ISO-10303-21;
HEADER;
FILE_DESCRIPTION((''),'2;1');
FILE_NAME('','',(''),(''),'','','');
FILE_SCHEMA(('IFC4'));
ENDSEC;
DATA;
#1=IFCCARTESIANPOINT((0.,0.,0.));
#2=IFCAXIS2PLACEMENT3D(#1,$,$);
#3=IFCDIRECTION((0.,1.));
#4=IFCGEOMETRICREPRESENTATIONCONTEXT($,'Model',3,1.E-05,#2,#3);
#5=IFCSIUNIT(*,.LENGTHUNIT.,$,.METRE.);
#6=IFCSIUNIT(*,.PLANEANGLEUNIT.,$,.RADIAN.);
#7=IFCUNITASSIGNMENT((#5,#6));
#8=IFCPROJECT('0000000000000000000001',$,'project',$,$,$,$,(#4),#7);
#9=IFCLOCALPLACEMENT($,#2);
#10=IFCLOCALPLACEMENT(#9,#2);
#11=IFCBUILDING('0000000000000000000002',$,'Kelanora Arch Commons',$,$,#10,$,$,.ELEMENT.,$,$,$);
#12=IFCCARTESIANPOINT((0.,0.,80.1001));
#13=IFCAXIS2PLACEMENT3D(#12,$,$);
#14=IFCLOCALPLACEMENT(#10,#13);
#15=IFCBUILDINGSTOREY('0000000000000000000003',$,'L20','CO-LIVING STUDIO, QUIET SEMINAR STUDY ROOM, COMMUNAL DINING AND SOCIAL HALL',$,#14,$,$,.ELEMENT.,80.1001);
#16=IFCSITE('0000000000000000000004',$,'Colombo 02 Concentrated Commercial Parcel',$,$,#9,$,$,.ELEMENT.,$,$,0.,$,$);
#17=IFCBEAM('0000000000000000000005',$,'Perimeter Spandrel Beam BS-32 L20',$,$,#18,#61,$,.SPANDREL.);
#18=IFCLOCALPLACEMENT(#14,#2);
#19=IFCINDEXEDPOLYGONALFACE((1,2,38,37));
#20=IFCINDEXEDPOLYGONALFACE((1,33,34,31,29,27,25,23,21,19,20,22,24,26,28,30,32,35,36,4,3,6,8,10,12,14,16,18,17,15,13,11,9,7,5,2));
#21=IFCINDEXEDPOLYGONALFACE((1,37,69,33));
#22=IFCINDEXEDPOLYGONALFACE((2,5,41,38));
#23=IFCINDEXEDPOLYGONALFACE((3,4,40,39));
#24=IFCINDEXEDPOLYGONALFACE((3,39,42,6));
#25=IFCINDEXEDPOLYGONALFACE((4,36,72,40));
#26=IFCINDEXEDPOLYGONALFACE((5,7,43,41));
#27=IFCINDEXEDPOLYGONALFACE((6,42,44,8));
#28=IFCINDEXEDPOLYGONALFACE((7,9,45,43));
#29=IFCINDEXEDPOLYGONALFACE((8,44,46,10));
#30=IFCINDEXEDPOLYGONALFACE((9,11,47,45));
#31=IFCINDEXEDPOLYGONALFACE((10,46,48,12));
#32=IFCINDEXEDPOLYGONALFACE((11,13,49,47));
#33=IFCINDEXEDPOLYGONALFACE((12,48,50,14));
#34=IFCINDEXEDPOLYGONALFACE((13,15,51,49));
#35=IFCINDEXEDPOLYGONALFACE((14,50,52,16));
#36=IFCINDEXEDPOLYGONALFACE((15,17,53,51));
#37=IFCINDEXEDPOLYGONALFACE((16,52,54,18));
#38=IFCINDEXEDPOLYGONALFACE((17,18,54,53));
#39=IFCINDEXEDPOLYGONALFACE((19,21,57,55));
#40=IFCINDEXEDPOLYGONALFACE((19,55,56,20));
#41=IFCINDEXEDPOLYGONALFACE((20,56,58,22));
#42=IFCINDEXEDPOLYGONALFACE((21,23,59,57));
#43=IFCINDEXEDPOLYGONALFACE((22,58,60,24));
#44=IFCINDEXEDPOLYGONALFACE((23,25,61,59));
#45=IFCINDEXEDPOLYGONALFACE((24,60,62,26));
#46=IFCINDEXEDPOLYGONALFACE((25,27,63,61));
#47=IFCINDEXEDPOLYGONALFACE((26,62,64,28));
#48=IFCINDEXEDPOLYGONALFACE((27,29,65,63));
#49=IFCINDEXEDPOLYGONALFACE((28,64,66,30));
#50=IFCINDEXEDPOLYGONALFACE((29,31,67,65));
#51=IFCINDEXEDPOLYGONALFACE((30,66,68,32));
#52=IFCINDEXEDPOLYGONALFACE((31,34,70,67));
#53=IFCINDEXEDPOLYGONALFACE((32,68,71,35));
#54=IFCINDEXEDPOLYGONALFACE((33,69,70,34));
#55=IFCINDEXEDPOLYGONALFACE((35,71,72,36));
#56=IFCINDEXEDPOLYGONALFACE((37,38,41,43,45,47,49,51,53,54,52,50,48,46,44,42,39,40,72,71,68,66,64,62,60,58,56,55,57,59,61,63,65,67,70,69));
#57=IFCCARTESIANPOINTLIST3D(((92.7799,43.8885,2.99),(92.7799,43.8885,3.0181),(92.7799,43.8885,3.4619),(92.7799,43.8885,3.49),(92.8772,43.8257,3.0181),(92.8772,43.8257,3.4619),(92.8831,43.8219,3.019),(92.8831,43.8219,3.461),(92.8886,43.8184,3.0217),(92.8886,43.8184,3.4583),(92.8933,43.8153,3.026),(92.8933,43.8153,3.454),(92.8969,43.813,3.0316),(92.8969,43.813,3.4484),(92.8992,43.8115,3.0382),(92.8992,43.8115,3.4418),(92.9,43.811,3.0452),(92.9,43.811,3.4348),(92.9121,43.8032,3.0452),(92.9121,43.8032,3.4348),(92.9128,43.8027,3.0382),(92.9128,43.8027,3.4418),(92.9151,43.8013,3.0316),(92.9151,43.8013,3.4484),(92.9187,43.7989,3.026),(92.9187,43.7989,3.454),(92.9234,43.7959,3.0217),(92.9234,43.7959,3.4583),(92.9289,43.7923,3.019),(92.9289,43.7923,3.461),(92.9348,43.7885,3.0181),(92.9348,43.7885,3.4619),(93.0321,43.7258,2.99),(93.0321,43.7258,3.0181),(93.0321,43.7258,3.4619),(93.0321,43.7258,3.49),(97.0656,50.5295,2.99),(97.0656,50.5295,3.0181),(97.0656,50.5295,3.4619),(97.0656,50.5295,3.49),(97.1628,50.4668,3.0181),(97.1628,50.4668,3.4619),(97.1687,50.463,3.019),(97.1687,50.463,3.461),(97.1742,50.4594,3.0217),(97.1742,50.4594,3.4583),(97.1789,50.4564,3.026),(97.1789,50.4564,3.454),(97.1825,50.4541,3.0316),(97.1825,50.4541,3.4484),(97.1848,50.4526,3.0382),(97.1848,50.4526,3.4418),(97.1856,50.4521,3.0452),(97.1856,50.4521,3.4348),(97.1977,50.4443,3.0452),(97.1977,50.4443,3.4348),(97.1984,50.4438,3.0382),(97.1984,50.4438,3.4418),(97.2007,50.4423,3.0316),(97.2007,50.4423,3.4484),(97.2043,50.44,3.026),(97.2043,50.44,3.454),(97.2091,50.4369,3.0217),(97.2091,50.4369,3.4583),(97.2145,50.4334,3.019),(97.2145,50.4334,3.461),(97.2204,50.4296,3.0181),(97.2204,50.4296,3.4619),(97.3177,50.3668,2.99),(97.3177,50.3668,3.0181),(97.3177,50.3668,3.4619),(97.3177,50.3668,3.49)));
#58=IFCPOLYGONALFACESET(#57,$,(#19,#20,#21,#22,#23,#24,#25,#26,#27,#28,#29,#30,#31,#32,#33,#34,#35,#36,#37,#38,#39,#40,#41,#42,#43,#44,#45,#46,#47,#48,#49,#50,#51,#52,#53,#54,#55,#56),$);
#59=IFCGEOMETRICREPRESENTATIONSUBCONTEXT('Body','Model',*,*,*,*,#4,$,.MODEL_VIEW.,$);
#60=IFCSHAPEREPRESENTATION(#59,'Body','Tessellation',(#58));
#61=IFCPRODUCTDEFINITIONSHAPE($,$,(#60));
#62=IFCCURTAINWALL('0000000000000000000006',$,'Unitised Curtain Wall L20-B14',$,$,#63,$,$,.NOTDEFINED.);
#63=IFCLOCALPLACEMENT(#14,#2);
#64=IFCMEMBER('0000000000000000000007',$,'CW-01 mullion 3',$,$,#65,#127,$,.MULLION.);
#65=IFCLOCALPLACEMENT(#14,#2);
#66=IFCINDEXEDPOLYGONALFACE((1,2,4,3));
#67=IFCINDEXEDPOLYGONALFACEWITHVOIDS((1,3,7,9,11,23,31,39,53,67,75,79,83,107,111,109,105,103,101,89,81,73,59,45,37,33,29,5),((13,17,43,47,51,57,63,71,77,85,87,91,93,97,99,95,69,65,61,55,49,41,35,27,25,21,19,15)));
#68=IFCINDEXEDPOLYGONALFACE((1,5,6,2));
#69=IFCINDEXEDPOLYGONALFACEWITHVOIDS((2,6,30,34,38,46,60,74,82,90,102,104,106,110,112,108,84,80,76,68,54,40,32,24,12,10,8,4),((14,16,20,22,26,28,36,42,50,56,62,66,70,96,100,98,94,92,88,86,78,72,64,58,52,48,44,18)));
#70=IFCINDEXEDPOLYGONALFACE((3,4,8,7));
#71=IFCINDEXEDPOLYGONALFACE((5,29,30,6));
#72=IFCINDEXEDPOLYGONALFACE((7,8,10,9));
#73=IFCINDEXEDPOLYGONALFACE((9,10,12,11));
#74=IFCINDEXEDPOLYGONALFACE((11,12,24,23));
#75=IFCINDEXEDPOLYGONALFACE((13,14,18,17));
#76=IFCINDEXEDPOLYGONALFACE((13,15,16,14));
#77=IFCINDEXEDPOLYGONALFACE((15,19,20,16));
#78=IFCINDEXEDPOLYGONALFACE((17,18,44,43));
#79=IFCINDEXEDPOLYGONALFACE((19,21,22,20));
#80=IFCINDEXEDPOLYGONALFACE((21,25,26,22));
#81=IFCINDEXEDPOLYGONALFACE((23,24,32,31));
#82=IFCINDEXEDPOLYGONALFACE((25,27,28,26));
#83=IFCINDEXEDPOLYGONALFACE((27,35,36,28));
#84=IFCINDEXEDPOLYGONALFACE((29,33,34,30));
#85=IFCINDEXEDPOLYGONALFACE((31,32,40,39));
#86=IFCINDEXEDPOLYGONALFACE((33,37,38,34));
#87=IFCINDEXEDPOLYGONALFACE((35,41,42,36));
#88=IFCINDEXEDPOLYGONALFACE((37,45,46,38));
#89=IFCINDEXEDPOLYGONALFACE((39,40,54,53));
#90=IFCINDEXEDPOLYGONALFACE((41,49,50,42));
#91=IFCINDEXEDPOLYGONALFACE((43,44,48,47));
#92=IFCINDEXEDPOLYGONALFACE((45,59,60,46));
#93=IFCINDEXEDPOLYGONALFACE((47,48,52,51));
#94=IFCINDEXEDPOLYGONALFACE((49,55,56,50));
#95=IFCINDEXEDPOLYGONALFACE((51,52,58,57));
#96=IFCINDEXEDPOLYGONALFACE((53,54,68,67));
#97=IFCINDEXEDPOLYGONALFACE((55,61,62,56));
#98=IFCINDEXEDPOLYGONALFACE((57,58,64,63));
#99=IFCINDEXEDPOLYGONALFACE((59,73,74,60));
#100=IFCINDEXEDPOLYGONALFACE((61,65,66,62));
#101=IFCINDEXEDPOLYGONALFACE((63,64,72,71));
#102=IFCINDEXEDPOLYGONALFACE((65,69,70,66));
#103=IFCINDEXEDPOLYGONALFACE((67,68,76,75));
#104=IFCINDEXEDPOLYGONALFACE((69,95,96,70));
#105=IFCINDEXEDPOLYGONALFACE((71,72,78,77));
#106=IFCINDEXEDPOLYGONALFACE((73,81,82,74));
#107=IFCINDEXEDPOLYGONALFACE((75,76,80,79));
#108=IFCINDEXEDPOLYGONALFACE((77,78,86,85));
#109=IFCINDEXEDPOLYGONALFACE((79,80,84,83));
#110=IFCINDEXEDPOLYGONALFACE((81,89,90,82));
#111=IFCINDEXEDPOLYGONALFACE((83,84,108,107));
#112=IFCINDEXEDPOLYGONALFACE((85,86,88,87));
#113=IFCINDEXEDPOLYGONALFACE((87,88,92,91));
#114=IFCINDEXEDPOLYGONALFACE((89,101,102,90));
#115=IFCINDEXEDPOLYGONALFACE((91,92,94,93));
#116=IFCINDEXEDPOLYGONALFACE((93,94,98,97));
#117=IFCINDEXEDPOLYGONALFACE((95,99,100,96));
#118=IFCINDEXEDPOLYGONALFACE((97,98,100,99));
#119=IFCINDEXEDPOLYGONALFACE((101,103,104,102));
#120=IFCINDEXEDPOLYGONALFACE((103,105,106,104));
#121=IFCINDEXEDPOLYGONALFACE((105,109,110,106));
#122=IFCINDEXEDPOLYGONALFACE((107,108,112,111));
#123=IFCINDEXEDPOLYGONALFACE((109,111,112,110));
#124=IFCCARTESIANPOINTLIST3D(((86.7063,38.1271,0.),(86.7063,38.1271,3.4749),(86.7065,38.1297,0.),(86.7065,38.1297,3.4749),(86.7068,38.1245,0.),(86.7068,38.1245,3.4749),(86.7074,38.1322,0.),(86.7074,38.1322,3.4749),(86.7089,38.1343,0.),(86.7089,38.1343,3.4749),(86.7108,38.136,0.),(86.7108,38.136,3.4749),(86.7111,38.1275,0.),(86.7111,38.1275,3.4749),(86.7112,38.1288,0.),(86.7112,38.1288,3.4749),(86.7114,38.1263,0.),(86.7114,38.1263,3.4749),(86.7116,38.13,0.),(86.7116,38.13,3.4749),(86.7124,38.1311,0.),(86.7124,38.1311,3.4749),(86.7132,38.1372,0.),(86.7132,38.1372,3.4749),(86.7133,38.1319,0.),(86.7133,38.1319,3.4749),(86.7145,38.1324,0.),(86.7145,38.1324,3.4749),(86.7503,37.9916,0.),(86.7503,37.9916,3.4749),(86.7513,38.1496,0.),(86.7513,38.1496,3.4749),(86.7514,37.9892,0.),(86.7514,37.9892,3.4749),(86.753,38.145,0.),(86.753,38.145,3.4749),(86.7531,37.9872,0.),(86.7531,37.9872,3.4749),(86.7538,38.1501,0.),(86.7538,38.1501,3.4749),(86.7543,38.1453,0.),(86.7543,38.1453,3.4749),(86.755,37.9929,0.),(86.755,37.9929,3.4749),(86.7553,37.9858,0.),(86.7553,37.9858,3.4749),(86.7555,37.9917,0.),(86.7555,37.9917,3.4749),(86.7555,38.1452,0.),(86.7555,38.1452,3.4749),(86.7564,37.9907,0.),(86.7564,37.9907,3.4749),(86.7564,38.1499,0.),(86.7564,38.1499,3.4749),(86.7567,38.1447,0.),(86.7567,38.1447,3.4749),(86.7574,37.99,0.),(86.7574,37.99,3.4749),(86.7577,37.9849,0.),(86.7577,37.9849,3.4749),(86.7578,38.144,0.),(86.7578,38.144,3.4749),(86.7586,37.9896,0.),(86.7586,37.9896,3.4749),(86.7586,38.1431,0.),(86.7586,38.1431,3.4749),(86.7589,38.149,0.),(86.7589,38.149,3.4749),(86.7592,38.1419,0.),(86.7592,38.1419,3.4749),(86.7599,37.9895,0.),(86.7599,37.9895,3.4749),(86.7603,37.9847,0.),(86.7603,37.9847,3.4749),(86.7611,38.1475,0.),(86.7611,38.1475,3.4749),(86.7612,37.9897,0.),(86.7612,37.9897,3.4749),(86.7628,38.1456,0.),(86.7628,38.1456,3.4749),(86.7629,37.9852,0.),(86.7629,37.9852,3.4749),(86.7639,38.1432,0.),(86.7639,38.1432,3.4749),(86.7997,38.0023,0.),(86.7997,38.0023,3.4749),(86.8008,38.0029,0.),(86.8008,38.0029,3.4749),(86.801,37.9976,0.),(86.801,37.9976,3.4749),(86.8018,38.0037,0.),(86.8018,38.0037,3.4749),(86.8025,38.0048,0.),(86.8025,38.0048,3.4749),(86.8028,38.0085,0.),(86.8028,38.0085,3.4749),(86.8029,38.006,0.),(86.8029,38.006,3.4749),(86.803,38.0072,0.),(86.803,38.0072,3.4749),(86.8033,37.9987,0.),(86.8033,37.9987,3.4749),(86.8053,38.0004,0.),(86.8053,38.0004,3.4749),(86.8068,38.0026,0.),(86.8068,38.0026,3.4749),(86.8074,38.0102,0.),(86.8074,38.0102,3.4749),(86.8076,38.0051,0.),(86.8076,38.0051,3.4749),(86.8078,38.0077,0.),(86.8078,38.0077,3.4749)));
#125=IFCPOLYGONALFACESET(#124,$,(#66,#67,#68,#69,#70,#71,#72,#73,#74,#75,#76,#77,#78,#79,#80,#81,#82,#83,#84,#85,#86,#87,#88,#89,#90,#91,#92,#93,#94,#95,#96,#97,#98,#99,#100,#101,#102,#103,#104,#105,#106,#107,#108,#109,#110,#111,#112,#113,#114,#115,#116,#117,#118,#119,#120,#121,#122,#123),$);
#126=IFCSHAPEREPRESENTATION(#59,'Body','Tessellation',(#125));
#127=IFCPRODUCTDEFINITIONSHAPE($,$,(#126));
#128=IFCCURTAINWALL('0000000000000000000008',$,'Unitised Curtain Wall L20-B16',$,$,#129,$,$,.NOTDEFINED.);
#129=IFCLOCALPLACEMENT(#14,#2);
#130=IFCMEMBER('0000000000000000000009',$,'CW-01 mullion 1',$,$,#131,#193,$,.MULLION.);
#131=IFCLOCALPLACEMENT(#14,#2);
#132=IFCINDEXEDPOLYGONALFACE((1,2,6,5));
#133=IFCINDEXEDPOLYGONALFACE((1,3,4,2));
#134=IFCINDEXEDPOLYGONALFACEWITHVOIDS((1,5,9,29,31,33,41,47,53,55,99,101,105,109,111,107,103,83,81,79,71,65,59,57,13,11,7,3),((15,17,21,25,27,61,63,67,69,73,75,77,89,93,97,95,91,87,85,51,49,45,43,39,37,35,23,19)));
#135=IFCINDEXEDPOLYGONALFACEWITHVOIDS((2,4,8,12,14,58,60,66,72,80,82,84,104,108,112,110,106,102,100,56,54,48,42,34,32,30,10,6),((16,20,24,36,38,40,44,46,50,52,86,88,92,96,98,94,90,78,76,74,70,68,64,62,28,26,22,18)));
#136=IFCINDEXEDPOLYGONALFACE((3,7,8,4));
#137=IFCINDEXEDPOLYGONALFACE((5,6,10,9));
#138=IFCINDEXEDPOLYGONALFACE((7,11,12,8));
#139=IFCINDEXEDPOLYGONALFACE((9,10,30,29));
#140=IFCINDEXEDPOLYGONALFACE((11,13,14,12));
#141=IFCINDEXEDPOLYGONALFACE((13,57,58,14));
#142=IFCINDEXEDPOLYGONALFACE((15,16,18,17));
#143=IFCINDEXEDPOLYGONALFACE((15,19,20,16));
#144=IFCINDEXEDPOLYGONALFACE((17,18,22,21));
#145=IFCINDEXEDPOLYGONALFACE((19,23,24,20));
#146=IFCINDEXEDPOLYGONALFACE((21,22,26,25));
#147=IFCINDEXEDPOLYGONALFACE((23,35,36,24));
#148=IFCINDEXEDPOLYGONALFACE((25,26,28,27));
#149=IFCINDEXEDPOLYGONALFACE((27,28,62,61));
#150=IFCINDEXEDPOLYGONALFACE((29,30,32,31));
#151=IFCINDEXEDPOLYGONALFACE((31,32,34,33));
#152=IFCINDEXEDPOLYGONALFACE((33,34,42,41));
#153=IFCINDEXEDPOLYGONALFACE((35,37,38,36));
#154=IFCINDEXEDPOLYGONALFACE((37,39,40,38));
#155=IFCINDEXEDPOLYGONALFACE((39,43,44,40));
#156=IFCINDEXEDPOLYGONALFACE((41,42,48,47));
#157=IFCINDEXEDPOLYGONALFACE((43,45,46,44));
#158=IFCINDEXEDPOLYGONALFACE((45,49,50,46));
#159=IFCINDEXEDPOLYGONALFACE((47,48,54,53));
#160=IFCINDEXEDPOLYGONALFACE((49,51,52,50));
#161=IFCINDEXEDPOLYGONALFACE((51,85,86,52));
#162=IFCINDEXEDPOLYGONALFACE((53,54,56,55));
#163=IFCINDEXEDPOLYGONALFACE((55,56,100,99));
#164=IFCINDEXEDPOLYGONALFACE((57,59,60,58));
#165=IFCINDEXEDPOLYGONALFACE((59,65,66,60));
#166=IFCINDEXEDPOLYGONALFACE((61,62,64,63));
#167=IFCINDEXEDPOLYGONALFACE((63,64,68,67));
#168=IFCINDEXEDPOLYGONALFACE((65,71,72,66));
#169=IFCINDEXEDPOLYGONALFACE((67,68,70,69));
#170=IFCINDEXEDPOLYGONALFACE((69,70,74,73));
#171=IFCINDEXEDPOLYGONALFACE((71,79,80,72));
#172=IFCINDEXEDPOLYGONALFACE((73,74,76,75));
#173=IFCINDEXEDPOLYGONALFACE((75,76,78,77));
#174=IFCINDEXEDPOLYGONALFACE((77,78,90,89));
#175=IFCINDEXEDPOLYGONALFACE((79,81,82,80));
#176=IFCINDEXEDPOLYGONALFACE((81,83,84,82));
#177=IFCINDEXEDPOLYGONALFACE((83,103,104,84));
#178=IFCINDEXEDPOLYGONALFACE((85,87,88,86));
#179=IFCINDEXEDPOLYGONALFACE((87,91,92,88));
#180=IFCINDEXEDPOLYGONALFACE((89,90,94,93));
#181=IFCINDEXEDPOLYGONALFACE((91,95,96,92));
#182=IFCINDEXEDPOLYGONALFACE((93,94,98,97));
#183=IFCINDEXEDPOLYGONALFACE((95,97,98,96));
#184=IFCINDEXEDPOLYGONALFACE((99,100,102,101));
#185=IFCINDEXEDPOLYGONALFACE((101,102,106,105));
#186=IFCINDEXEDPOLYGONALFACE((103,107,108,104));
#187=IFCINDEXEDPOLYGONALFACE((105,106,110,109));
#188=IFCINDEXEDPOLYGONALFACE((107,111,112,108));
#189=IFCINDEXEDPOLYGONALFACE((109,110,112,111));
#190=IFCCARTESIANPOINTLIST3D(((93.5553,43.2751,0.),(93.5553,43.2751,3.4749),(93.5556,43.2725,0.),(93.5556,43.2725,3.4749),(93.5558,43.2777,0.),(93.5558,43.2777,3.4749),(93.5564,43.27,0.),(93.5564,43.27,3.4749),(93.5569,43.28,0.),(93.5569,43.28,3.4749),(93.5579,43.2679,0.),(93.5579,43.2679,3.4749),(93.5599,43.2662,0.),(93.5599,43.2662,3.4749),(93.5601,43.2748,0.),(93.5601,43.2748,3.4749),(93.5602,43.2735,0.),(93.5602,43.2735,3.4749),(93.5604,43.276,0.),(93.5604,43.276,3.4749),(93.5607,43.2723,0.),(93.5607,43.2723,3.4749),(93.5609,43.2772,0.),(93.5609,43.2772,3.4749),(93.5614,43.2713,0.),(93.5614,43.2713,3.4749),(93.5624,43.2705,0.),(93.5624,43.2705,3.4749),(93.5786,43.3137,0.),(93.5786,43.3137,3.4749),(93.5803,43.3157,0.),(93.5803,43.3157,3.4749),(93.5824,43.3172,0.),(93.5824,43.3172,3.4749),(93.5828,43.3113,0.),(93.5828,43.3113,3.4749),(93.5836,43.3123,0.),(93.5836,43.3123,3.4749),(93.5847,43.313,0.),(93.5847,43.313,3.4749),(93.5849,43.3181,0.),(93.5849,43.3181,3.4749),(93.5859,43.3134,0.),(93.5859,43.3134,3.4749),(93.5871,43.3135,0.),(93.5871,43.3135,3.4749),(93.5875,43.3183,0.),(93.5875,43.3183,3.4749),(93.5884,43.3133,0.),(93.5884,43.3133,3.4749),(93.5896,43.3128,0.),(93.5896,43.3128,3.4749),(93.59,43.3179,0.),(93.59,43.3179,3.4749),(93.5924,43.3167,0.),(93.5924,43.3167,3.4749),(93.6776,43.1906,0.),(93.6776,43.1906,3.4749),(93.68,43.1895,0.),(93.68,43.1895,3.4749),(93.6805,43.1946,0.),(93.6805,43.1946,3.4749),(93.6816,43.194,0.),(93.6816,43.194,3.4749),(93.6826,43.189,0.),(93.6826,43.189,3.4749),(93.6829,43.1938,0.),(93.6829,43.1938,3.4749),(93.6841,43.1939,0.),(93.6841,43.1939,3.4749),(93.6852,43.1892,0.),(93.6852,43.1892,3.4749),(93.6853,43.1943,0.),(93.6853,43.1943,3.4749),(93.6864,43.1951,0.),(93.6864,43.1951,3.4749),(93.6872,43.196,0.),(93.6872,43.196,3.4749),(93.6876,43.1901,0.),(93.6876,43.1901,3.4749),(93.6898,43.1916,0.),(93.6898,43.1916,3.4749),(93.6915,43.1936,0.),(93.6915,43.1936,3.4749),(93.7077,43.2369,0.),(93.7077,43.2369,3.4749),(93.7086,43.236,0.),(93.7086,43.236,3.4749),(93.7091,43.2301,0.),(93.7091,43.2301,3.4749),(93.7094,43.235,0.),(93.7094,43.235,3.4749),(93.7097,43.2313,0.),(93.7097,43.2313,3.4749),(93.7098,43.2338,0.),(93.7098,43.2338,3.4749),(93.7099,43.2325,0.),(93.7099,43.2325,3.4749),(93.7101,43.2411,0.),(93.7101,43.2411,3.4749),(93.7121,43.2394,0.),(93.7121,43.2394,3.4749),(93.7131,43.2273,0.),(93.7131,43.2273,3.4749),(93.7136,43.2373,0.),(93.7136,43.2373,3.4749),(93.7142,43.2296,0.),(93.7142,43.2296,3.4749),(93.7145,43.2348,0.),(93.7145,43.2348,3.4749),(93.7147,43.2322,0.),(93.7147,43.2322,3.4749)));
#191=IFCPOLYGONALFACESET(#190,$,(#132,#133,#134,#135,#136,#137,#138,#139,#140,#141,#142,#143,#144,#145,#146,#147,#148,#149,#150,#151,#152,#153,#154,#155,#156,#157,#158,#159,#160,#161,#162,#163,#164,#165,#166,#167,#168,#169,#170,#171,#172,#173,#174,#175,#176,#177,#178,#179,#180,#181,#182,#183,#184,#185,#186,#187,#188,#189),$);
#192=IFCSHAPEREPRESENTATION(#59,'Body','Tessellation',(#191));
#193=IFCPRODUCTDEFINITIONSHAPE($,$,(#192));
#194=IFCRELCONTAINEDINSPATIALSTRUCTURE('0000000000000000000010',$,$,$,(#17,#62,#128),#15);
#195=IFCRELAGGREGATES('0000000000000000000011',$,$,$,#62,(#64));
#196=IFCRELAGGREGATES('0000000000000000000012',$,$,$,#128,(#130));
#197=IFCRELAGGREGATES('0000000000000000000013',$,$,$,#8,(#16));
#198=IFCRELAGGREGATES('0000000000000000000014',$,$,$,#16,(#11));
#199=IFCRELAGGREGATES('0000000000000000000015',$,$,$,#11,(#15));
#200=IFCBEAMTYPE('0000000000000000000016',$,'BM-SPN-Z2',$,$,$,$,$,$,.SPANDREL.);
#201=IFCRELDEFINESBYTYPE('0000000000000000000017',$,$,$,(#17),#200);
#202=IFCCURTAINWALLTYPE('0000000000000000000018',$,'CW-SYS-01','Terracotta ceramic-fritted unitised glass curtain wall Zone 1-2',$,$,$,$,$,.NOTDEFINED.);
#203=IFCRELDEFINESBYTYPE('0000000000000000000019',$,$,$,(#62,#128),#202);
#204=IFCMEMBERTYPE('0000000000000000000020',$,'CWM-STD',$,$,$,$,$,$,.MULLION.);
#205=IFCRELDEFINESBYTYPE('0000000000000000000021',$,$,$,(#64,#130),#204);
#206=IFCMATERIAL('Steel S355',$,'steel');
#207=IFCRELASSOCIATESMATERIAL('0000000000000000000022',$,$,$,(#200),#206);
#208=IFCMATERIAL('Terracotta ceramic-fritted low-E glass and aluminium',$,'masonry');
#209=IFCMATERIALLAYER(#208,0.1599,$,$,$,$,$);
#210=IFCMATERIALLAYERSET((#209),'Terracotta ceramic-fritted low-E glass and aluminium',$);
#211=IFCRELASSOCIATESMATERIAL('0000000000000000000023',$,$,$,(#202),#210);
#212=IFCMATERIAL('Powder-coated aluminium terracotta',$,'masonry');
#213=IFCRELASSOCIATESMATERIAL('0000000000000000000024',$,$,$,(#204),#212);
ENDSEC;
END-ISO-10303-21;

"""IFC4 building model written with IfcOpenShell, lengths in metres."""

from ifc_helpers import new_model, si_unit, direction, frame, origin, origin_2d, place, context, subcontext, project, spatial, hollow_rectangle, i_section, extrude, material, layer, layer_set, material_profile, profile_set, type_object, element, aggregate, save


model = new_model("IFC4")

# Units and contexts
model_context = context("Model", 3, precision=1e-05, world=origin(), true_north=direction((0.0, 1.0)))
body_context = subcontext(model_context, "Body", "Model", "MODEL_VIEW")
ifc_project = project(units=[si_unit("LENGTHUNIT", "METRE"), si_unit("PLANEANGLEUNIT", "RADIAN")], contexts=[model_context])

# Site, building, storey
site_placement = place(None, origin())
site = spatial("IfcSite", under=ifc_project, at=site_placement, Name="Colombo 02 Concentrated Commercial Parcel", CompositionType="ELEMENT", RefElevation=0.0)
building_placement = place(site_placement, origin())
building = spatial("IfcBuilding", under=site, at=building_placement, Name="Kelanora Arch Commons", CompositionType="ELEMENT")
storey_placement = place(building_placement, frame((0.0, 0.0, 80.1001)))
storey = spatial("IfcBuildingStorey", under=building, at=storey_placement, Name="L20", Description="CO-LIVING STUDIO, QUIET SEMINAR STUDY ROOM, COMMUNAL DINING AND SOCIAL HALL", CompositionType="ELEMENT", Elevation=80.1001)

# Beam
ifc_material_1 = material(Name="Steel S355", Category="steel")
ifc_material_profile_1 = material_profile(ifc_material_1, i_section(OverallWidth=0.3, OverallDepth=0.5, WebThickness=0.0144, FlangeThickness=0.0281, FilletRadius=0.0271, at=origin_2d()), Name="HEB500")
ifc_profile_set_1 = profile_set([ifc_material_profile_1], Name="Steel S355")
beam_type_1 = type_object("IfcBeamType", Name="BM-SPN-Z2", PredefinedType="SPANDREL", material=ifc_profile_set_1)
beam_1_placement = place(storey_placement, frame((92.906, 43.8071, 3.24), z_axis=(0.542221, 0.840236, 0.0), x_axis=(-0.840236, 0.542221, 0.0)))
element("IfcBeam", 1, at=beam_1_placement, inside=storey, type_object=beam_type_1, Name="Perimeter Spandrel Beam BS-32 L20", PredefinedType="SPANDREL", context=body_context, shape_type="SweptSolid", body=[
    extrude(i_section(OverallWidth=0.3, OverallDepth=0.5, WebThickness=0.0144, FlangeThickness=0.0281, FilletRadius=0.0271, at=origin_2d()), origin(), (0.0, 0.0, 1.0), 7.9038),
])

# Curtain wall, member
ifc_material_2 = material(Name="Terracotta ceramic-fritted low-E glass and aluminium", Category="masonry")
ifc_layer_1 = layer(ifc_material_2, 0.1599)
ifc_layer_set_1 = layer_set([ifc_layer_1], Name="Terracotta ceramic-fritted low-E glass and aluminium")
curtain_wall_type = type_object("IfcCurtainWallType", Name="CW-SYS-01", Description="Terracotta ceramic-fritted unitised glass curtain wall Zone 1-2", PredefinedType="NOTDEFINED", material=ifc_layer_set_1)
curtain_wall_1_placement = place(storey_placement, origin())
curtain_wall_1 = element("IfcCurtainWall", 2, at=curtain_wall_1_placement, inside=storey, type_object=curtain_wall_type, Name="Unitised Curtain Wall L20-B14", PredefinedType="NOTDEFINED")
ifc_material_3 = material(Name="Powder-coated aluminium terracotta", Category="masonry")
ifc_material_profile_2 = material_profile(ifc_material_3, hollow_rectangle(XDim=0.1599, YDim=0.0601, WallThickness=0.0049, InnerFilletRadius=0.0049, OuterFilletRadius=0.01, at=origin_2d()), Name="CWM160x60")
ifc_profile_set_2 = profile_set([ifc_material_profile_2], Name="Powder-coated aluminium terracotta")
member_type_1 = type_object("IfcMemberType", Name="CWM-STD", PredefinedType="MULLION", material=ifc_profile_set_2)
member_1_placement = place(storey_placement, frame((86.7571, 38.0674, 0.0), z_axis=(0.0, 0.0, 1.0), x_axis=(-0.310805, 0.950474, 0.0)))
member_1 = element("IfcMember", 3, at=member_1_placement, type_object=member_type_1, Name="CW-01 mullion 3", PredefinedType="MULLION", context=body_context, shape_type="SweptSolid", body=[
    extrude(hollow_rectangle(XDim=0.1599, YDim=0.0601, WallThickness=0.0049, InnerFilletRadius=0.0049, OuterFilletRadius=0.01, at=origin_2d()), origin(), (0.0, 0.0, 1.0), 3.4749),
])
aggregate(curtain_wall_1, [member_1])

# Curtain wall, member
curtain_wall_2_placement = place(storey_placement, origin())
curtain_wall_2 = element("IfcCurtainWall", 4, at=curtain_wall_2_placement, inside=storey, type_object=curtain_wall_type, Name="Unitised Curtain Wall L20-B16", PredefinedType="NOTDEFINED")
member_2_placement = place(storey_placement, frame((93.635, 43.2537, 0.0), z_axis=(0.0, 0.0, 1.0), x_axis=(-0.841269, 0.540617, 0.0)))
member_2 = element("IfcMember", 5, at=member_2_placement, type_object=member_type_1, Name="CW-01 mullion 1", PredefinedType="MULLION", context=body_context, shape_type="SweptSolid", body=[
    extrude(hollow_rectangle(XDim=0.1599, YDim=0.0601, WallThickness=0.0049, InnerFilletRadius=0.0049, OuterFilletRadius=0.01, at=origin_2d()), origin(), (0.0, 0.0, 1.0), 3.4749),
])
aggregate(curtain_wall_2, [member_2])

save(model, "model.ifc")
